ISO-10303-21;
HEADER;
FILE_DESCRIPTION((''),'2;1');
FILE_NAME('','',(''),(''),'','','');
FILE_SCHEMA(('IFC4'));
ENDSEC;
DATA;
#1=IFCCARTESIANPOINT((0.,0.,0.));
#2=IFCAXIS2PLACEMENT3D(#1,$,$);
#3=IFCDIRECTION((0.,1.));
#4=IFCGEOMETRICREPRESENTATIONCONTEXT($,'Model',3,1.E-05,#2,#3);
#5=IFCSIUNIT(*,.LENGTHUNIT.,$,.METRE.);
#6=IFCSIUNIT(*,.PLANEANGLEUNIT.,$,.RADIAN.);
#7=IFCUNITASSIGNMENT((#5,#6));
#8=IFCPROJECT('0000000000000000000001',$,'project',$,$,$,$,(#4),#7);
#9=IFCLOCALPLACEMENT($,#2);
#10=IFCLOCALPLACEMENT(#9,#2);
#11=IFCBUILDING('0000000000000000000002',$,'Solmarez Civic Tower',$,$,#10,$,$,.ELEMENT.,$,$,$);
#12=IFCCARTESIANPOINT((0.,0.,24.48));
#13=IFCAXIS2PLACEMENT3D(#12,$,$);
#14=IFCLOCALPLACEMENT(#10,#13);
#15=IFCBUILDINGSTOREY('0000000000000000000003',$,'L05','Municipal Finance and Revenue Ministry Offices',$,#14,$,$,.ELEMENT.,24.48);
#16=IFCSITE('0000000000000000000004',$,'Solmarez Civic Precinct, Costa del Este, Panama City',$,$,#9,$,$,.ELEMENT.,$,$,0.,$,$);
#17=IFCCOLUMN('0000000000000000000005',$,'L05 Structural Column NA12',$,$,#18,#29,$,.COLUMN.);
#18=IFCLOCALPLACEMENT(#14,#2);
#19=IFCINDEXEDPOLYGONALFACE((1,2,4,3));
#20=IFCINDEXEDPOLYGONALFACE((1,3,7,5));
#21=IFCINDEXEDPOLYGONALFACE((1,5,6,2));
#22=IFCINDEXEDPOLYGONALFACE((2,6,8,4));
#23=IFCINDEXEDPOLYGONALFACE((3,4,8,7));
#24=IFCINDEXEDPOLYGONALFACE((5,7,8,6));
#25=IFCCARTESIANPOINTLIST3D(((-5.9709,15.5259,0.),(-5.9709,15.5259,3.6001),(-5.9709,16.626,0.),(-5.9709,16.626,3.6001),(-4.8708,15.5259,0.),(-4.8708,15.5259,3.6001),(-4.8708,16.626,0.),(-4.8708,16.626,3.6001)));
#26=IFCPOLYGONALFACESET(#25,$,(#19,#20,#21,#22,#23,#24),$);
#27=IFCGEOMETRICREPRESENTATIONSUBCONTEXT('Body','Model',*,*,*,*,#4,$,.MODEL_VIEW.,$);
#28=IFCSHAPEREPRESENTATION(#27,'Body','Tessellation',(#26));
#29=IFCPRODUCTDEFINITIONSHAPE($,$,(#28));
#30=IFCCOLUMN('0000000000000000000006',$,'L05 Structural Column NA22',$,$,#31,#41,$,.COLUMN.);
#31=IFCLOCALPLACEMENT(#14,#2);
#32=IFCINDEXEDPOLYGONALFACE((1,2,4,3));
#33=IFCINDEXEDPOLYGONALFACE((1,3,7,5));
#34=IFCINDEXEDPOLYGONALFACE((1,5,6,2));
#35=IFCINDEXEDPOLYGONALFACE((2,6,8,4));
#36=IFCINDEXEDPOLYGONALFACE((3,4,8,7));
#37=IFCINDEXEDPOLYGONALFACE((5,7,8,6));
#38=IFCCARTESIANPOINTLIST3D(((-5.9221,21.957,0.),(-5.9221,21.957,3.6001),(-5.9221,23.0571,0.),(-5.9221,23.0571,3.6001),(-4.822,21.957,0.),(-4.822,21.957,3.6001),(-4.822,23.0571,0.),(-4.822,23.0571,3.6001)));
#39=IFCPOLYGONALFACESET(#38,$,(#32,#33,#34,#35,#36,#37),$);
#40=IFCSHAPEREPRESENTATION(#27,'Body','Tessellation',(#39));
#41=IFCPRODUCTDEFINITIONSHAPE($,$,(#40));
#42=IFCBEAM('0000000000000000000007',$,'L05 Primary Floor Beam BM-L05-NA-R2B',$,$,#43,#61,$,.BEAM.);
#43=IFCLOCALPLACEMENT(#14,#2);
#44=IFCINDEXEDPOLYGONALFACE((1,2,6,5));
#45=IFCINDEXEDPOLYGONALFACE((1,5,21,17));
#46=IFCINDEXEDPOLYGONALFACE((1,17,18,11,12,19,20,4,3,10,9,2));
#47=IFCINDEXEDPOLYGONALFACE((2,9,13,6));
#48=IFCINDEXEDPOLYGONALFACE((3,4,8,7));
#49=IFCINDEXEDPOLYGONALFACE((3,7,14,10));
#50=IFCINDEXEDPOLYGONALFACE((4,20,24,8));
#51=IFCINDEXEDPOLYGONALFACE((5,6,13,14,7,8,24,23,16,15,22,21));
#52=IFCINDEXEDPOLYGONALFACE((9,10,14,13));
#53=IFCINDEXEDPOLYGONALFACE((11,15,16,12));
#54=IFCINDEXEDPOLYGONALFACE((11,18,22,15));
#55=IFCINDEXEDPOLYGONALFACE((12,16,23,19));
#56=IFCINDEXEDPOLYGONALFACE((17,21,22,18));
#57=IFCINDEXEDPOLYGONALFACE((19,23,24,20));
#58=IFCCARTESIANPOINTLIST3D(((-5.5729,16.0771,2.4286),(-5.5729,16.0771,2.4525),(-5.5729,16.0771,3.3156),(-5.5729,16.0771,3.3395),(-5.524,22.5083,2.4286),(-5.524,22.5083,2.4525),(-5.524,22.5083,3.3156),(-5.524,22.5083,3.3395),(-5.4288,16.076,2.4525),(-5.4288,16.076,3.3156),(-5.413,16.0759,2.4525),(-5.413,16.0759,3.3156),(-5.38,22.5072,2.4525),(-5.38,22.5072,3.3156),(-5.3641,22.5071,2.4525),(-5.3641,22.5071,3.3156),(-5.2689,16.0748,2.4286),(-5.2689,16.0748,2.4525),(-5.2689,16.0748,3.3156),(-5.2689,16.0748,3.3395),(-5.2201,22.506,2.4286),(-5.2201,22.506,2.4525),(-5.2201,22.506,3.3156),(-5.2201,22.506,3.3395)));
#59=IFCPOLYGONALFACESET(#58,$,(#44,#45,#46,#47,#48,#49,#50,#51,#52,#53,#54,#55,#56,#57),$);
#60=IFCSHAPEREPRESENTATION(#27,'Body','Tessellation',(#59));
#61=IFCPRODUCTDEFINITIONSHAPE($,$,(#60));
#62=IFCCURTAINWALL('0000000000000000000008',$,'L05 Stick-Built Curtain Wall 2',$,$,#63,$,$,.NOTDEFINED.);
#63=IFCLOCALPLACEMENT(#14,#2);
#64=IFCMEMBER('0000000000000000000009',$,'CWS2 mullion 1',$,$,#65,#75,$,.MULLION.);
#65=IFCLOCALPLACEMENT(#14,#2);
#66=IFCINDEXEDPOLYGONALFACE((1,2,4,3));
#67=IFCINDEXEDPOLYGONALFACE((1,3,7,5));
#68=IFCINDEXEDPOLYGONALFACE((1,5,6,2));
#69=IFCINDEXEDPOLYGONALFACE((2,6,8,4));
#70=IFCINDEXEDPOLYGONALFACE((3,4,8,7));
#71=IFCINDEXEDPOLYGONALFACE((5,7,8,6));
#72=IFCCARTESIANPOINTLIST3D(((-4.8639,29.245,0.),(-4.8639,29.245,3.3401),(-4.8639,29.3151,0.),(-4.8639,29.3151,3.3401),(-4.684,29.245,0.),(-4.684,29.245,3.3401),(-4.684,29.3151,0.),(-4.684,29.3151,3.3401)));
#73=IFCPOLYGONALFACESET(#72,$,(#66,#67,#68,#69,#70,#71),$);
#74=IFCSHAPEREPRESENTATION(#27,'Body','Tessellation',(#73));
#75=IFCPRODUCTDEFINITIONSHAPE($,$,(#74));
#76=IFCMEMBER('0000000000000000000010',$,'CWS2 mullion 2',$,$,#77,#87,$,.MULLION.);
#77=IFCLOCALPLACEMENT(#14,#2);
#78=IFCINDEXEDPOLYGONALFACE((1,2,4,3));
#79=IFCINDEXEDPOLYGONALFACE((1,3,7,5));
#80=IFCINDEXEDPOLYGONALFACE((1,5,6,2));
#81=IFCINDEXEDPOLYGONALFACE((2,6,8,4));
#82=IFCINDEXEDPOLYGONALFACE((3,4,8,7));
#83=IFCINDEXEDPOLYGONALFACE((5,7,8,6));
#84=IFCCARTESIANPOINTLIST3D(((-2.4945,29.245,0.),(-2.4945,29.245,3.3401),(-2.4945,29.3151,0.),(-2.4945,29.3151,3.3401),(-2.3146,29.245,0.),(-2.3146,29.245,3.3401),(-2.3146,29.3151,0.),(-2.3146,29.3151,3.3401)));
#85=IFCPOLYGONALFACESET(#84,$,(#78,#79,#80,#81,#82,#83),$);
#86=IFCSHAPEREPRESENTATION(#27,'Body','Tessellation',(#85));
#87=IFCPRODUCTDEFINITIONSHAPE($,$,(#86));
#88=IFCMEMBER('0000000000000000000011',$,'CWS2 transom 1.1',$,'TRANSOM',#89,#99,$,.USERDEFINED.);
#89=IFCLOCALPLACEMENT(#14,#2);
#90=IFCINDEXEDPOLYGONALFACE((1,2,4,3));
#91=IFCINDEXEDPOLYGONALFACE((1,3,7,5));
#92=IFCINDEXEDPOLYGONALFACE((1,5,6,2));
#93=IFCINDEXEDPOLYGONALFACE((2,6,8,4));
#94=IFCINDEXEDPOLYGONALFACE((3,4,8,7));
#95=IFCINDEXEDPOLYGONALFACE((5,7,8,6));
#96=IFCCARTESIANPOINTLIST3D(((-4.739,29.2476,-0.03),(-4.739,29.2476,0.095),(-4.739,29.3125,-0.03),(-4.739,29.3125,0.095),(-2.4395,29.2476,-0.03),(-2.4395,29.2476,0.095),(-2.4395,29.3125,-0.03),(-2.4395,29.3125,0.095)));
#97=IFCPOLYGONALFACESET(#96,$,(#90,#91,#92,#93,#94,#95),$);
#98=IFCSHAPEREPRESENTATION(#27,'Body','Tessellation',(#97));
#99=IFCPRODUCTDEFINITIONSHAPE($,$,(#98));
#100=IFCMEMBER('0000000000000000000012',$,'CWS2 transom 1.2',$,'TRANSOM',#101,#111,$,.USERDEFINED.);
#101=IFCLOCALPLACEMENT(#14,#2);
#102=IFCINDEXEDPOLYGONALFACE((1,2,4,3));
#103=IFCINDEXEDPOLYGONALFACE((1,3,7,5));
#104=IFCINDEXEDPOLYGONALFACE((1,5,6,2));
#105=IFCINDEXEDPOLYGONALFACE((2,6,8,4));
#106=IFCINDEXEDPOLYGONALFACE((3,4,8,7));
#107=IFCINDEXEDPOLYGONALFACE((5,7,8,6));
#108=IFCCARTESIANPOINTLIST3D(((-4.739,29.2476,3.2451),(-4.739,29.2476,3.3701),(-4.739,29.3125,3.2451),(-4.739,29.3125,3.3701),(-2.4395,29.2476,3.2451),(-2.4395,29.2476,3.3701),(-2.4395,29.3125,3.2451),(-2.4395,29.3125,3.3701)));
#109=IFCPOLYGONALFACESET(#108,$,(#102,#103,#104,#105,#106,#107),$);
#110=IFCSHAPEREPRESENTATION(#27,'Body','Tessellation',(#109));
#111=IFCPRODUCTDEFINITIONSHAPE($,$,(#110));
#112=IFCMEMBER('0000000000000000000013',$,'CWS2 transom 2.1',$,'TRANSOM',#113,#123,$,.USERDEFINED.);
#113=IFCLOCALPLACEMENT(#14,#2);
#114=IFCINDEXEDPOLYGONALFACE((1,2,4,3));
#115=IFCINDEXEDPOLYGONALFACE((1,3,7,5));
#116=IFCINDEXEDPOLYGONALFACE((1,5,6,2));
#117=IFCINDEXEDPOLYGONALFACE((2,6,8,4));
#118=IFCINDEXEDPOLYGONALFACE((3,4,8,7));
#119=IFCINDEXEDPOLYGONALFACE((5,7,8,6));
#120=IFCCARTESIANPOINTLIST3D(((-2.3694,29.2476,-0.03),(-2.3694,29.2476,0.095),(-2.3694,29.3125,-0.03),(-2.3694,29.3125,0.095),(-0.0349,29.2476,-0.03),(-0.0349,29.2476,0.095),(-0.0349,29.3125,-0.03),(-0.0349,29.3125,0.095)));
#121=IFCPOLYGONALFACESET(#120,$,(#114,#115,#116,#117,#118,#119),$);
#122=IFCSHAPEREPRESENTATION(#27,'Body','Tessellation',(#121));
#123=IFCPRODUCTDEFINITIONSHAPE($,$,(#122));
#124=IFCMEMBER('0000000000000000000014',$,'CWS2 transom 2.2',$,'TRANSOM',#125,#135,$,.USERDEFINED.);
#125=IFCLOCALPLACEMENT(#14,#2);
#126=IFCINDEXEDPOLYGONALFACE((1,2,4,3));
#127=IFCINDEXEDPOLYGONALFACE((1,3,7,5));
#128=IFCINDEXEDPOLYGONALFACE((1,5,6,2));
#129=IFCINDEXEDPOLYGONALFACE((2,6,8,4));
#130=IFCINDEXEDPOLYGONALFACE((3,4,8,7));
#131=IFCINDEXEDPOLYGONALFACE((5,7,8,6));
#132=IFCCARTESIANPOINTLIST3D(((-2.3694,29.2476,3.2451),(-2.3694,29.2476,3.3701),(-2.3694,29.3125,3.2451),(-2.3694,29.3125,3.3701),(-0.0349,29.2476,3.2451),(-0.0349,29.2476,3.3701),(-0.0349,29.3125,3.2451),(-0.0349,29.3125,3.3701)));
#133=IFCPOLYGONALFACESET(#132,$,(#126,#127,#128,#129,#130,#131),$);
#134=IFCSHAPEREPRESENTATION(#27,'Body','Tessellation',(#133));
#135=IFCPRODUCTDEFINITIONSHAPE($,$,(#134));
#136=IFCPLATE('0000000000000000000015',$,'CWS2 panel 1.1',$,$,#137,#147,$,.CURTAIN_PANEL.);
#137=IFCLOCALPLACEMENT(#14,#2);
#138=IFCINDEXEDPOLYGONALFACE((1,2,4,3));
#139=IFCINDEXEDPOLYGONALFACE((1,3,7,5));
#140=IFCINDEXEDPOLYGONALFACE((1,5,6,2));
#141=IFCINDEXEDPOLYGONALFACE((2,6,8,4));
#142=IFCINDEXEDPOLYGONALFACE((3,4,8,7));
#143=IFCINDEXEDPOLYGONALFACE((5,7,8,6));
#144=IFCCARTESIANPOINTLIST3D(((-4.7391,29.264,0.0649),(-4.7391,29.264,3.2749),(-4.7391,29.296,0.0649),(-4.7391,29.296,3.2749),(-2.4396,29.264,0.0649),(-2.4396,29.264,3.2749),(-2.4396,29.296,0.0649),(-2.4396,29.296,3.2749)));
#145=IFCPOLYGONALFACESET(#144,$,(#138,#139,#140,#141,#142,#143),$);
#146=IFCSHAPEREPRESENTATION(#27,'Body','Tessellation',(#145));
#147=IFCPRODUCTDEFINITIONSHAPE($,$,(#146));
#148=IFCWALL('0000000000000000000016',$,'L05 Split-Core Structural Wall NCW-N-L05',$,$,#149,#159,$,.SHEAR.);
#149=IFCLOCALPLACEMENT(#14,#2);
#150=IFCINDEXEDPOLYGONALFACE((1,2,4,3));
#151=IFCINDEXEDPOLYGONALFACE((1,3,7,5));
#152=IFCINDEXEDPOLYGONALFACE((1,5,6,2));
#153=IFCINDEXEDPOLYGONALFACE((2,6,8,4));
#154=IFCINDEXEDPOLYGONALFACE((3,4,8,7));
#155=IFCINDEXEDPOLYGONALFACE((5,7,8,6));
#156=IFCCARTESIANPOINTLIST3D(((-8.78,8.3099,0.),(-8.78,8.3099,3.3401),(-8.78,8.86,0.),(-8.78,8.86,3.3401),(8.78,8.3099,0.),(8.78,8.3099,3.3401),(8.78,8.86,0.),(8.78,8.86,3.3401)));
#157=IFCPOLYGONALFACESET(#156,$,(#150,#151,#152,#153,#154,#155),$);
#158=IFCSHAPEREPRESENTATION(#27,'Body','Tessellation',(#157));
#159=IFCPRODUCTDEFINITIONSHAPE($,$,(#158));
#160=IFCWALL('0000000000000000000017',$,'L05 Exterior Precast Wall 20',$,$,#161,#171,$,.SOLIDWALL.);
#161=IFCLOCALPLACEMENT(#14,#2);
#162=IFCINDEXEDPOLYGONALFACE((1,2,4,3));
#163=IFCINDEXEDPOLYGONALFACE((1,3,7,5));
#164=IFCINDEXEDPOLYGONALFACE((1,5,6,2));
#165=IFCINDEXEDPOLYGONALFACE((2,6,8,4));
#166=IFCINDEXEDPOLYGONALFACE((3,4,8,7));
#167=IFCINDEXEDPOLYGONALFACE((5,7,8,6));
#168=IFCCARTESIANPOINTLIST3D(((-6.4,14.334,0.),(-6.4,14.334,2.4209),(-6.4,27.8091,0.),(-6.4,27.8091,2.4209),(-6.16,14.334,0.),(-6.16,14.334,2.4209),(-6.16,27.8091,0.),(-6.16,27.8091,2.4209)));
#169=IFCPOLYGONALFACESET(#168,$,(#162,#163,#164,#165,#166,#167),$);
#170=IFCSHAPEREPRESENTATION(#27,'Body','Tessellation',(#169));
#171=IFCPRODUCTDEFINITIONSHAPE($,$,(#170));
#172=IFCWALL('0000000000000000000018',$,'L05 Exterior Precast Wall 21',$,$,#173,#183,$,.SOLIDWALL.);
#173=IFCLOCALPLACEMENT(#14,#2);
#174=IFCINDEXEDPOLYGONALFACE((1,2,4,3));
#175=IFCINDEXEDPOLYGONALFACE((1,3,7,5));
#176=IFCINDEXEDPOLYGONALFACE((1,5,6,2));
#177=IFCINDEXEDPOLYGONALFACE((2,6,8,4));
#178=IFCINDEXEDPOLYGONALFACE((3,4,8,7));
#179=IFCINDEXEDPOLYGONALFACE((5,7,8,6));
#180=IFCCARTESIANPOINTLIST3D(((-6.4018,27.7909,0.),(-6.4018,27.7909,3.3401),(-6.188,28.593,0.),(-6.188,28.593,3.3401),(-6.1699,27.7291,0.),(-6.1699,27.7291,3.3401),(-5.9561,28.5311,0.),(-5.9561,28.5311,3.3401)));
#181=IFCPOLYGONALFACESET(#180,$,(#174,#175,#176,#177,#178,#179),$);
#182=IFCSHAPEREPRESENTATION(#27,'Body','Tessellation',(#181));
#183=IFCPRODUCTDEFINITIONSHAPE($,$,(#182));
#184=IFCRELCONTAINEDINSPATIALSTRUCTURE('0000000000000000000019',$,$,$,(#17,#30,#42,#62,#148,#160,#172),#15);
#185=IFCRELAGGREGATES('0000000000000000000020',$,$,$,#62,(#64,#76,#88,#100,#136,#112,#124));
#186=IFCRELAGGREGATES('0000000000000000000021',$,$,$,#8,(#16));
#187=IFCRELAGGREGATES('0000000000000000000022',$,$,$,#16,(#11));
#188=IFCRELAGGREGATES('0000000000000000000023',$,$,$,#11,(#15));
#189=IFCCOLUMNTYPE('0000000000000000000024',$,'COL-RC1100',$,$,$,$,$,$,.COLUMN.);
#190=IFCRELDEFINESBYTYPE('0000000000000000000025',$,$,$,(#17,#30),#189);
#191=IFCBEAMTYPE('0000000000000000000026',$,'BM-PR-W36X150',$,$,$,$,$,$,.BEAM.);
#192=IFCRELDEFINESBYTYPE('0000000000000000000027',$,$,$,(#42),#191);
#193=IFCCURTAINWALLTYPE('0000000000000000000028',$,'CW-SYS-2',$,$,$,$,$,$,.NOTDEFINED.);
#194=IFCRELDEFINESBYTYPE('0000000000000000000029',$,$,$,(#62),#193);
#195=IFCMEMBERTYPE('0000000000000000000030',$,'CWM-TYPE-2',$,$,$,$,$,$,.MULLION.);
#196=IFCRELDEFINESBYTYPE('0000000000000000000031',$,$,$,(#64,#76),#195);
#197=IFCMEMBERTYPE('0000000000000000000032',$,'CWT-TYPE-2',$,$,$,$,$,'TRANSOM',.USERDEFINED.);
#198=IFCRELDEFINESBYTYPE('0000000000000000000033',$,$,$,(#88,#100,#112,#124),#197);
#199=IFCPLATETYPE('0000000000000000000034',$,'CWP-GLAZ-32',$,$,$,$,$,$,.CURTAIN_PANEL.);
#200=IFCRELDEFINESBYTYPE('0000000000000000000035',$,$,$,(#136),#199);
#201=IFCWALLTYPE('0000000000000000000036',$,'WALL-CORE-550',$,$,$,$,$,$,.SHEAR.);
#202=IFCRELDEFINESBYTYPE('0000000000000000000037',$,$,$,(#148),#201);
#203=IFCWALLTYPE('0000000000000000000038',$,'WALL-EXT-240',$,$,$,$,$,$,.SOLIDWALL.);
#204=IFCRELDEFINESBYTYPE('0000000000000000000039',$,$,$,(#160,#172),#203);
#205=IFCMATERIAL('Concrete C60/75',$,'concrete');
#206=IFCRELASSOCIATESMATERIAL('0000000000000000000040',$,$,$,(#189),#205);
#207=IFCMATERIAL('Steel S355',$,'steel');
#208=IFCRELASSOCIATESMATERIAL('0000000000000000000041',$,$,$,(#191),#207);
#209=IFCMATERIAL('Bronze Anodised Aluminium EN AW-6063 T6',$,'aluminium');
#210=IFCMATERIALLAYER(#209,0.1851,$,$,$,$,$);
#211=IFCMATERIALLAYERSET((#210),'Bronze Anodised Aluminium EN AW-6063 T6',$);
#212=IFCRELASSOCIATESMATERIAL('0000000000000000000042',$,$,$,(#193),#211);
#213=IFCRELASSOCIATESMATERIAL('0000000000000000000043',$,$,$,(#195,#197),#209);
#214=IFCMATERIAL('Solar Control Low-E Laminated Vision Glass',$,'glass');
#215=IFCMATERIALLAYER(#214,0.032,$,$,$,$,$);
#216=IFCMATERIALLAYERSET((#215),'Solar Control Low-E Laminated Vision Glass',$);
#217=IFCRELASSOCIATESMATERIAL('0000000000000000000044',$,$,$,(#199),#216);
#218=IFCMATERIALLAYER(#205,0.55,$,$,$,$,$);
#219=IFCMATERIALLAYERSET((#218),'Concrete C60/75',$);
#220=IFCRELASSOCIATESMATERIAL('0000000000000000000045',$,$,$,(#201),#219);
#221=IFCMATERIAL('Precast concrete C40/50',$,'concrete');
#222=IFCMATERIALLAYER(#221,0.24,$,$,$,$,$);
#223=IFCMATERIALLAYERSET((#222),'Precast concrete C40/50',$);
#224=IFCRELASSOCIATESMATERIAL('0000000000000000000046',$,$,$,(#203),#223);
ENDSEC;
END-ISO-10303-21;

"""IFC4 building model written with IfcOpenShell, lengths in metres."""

from ifc_helpers import new_model, si_unit, direction, frame, frame_2d, origin, origin_2d, place, context, subcontext, project, spatial, rectangle, i_section, extrude, material, layer, layer_set, material_profile, profile_set, type_object, element, aggregate, save


model = new_model("IFC4")

# Units and contexts
model_context = context("Model", 3, precision=1e-05, world=origin(), true_north=direction((0.0, 1.0)))
body_context = subcontext(model_context, "Body", "Model", "MODEL_VIEW")
ifc_project = project(units=[si_unit("LENGTHUNIT", "METRE"), si_unit("PLANEANGLEUNIT", "RADIAN")], contexts=[model_context])

# Site, building, storey
site_placement = place(None, origin())
site = spatial("IfcSite", under=ifc_project, at=site_placement, Name="Solmarez Civic Precinct, Costa del Este, Panama City", CompositionType="ELEMENT", RefElevation=0.0)
building_placement = place(site_placement, origin())
building = spatial("IfcBuilding", under=site, at=building_placement, Name="Solmarez Civic Tower", CompositionType="ELEMENT")
storey_placement = place(building_placement, frame((0.0, 0.0, 24.48)))
storey = spatial("IfcBuildingStorey", under=building, at=storey_placement, Name="L05", Description="Municipal Finance and Revenue Ministry Offices", CompositionType="ELEMENT", Elevation=24.48)

# Columns
ifc_material_1 = material(Name="Concrete C60/75", Category="concrete")
ifc_material_profile_1 = material_profile(ifc_material_1, rectangle(XDim=1.1001, YDim=1.1001, at=origin_2d()), Name="RC1100X1100")
ifc_profile_set_1 = profile_set([ifc_material_profile_1], Name="Concrete C60/75")
column_type = type_object("IfcColumnType", Name="COL-RC1100", PredefinedType="COLUMN", material=ifc_profile_set_1)
for number, where, z_axis, x_axis, name in (
    (1, (-5.4209, 16.0759, 0.0), (0.0, 0.0, 1.0), (1.0, 0.0, 0.0), "L05 Structural Column NA12"),
    (2, (-5.3721, 22.5071, 0.0), (0.0, 0.0, 1.0), (1.0, 0.0, 0.0), "L05 Structural Column NA22"),
):
    element("IfcColumn", number, at=place(storey_placement, frame(where, z_axis=z_axis, x_axis=x_axis)), inside=storey, type_object=column_type, Name=name, PredefinedType="COLUMN", context=body_context, shape_type="SweptSolid", body=[
        extrude(rectangle(XDim=1.1001, YDim=1.1001, at=origin_2d()), origin(), (0.0, 0.0, 1.0), 3.6001),
    ])

# Beam
ifc_material_2 = material(Name="Steel S355", Category="steel")
ifc_material_profile_2 = material_profile(ifc_material_2, i_section(OverallWidth=0.304, OverallDepth=0.9109, WebThickness=0.0159, FlangeThickness=0.0239, at=origin_2d()), Name="W36X150")
ifc_profile_set_2 = profile_set([ifc_material_profile_2], Name="Steel S355")
beam_type = type_object("IfcBeamType", Name="BM-PR-W36X150", PredefinedType="BEAM", material=ifc_profile_set_2)
beam_placement = place(storey_placement, frame((-5.4209, 16.0759, 2.884), z_axis=(0.007592, 0.999971, 0.0), x_axis=(-0.999971, 0.007592, 0.0)))
element("IfcBeam", 3, at=beam_placement, inside=storey, type_object=beam_type, Name="L05 Primary Floor Beam BM-L05-NA-R2B", PredefinedType="BEAM", context=body_context, shape_type="SweptSolid", body=[
    extrude(i_section(OverallWidth=0.304, OverallDepth=0.9109, WebThickness=0.0159, FlangeThickness=0.0239, at=origin_2d()), origin(), (0.0, 0.0, 1.0), 6.4314),
])

# Curtain wall, members, plate
ifc_material_3 = material(Name="Bronze Anodised Aluminium EN AW-6063 T6", Category="aluminium")
ifc_layer_1 = layer(ifc_material_3, 0.1851)
ifc_layer_set_1 = layer_set([ifc_layer_1], Name="Bronze Anodised Aluminium EN AW-6063 T6")
curtain_wall_type = type_object("IfcCurtainWallType", Name="CW-SYS-2", PredefinedType="NOTDEFINED", material=ifc_layer_set_1)
curtain_wall_placement = place(storey_placement, origin())
curtain_wall = element("IfcCurtainWall", 4, at=curtain_wall_placement, inside=storey, type_object=curtain_wall_type, Name="L05 Stick-Built Curtain Wall 2", PredefinedType="NOTDEFINED")
ifc_material_profile_3 = material_profile(ifc_material_3, rectangle(XDim=0.0701, YDim=0.1799, at=origin_2d()), Name="CWM-70X180")
ifc_profile_set_3 = profile_set([ifc_material_profile_3], Name="Bronze Anodised Aluminium EN AW-6063 T6")
member_type_1 = type_object("IfcMemberType", Name="CWM-TYPE-2", PredefinedType="MULLION", material=ifc_profile_set_3)
member_1_placement = place(storey_placement, frame((-4.7739, 29.28, 0.0), z_axis=(0.0, 0.0, 1.0), x_axis=(0.0, 1.0, 0.0)))
member_1 = element("IfcMember", 5, at=member_1_placement, type_object=member_type_1, Name="CWS2 mullion 1", PredefinedType="MULLION", context=body_context, shape_type="SweptSolid", body=[
    extrude(rectangle(XDim=0.0701, YDim=0.1799, at=origin_2d()), origin(), (0.0, 0.0, 1.0), 3.3401),
])
member_2_placement = place(storey_placement, frame((-2.4045, 29.28, 0.0), z_axis=(0.0, 0.0, 1.0), x_axis=(0.0, 1.0, 0.0)))
member_2 = element("IfcMember", 6, at=member_2_placement, type_object=member_type_1, Name="CWS2 mullion 2", PredefinedType="MULLION", context=body_context, shape_type="SweptSolid", body=[
    extrude(rectangle(XDim=0.0701, YDim=0.1799, at=origin_2d()), origin(), (0.0, 0.0, 1.0), 3.3401),
])
ifc_material_profile_4 = material_profile(ifc_material_3, rectangle(XDim=0.0649, YDim=0.125, at=origin_2d()), Name="CWT-65X125")
ifc_profile_set_4 = profile_set([ifc_material_profile_4], Name="Bronze Anodised Aluminium EN AW-6063 T6")
member_type_2 = type_object("IfcMemberType", Name="CWT-TYPE-2", ElementType="TRANSOM", PredefinedType="USERDEFINED", material=ifc_profile_set_4)
member_3_placement = place(storey_placement, frame((-4.739, 29.28, 0.0325), z_axis=(1.0, 0.0, 0.0), x_axis=(0.0, 1.0, 0.0)))
member_3 = element("IfcMember", 7, at=member_3_placement, type_object=member_type_2, Name="CWS2 transom 1.1", ObjectType="TRANSOM", PredefinedType="USERDEFINED", context=body_context, shape_type="SweptSolid", body=[
    extrude(rectangle(XDim=0.0649, YDim=0.125, at=origin_2d()), origin(), (0.0, 0.0, 1.0), 2.2996),
])
member_4_placement = place(storey_placement, frame((-4.739, 29.28, 3.3076), z_axis=(1.0, 0.0, 0.0), x_axis=(0.0, 1.0, 0.0)))
member_4 = element("IfcMember", 8, at=member_4_placement, type_object=member_type_2, Name="CWS2 transom 1.2", ObjectType="TRANSOM", PredefinedType="USERDEFINED", context=body_context, shape_type="SweptSolid", body=[
    extrude(rectangle(XDim=0.0649, YDim=0.125, at=origin_2d()), origin(), (0.0, 0.0, 1.0), 2.2996),
])
member_5_placement = place(storey_placement, frame((-2.3694, 29.28, 0.0325), z_axis=(1.0, 0.0, 0.0), x_axis=(0.0, 1.0, 0.0)))
member_5 = element("IfcMember", 9, at=member_5_placement, type_object=member_type_2, Name="CWS2 transom 2.1", ObjectType="TRANSOM", PredefinedType="USERDEFINED", context=body_context, shape_type="SweptSolid", body=[
    extrude(rectangle(XDim=0.0649, YDim=0.125, at=origin_2d()), origin(), (0.0, 0.0, 1.0), 2.3345),
])
member_6_placement = place(storey_placement, frame((-2.3694, 29.28, 3.3076), z_axis=(1.0, 0.0, 0.0), x_axis=(0.0, 1.0, 0.0)))
member_6 = element("IfcMember", 10, at=member_6_placement, type_object=member_type_2, Name="CWS2 transom 2.2", ObjectType="TRANSOM", PredefinedType="USERDEFINED", context=body_context, shape_type="SweptSolid", body=[
    extrude(rectangle(XDim=0.0649, YDim=0.125, at=origin_2d()), origin(), (0.0, 0.0, 1.0), 2.3345),
])
ifc_material_4 = material(Name="Solar Control Low-E Laminated Vision Glass", Category="glass")
ifc_layer_2 = layer(ifc_material_4, 0.032)
ifc_layer_set_2 = layer_set([ifc_layer_2], Name="Solar Control Low-E Laminated Vision Glass")
plate_type = type_object("IfcPlateType", Name="CWP-GLAZ-32", PredefinedType="CURTAIN_PANEL", material=ifc_layer_set_2)
plate_placement = place(storey_placement, frame((-3.5894, 29.28, 0.0649), z_axis=(0.0, 0.0, 1.0), x_axis=(1.0, 0.0, 0.0)))
plate = element("IfcPlate", 11, at=plate_placement, type_object=plate_type, Name="CWS2 panel 1.1", PredefinedType="CURTAIN_PANEL", context=body_context, shape_type="SweptSolid", body=[
    extrude(rectangle(XDim=2.2996, YDim=0.032, at=origin_2d()), origin(), (0.0, 0.0, 1.0), 3.21),
])
aggregate(curtain_wall, [member_1, member_2, member_3, member_4, plate, member_5, member_6])

# Walls
ifc_layer_3 = layer(ifc_material_1, 0.55)
ifc_layer_set_3 = layer_set([ifc_layer_3], Name="Concrete C60/75")
wall_type_1 = type_object("IfcWallType", Name="WALL-CORE-550", PredefinedType="SHEAR", material=ifc_layer_set_3)
wall_1_placement = place(storey_placement, frame((-8.78, 8.585, 0.0), z_axis=(0.0, 0.0, 1.0), x_axis=(1.0, 0.0, 0.0)))
element("IfcWall", 12, at=wall_1_placement, inside=storey, type_object=wall_type_1, Name="L05 Split-Core Structural Wall NCW-N-L05", PredefinedType="SHEAR", context=body_context, shape_type="SweptSolid", body=[
    extrude(rectangle(XDim=17.5601, YDim=0.55, at=frame_2d((8.78, 0.0))), origin(), (0.0, 0.0, 1.0), 3.3401),
])
ifc_material_5 = material(Name="Precast concrete C40/50", Category="concrete")
ifc_layer_4 = layer(ifc_material_5, 0.24)
ifc_layer_set_4 = layer_set([ifc_layer_4], Name="Precast concrete C40/50")
wall_type_2 = type_object("IfcWallType", Name="WALL-EXT-240", PredefinedType="SOLIDWALL", material=ifc_layer_set_4)
wall_2_placement = place(storey_placement, frame((-6.28, 14.334, 0.0), z_axis=(0.0, 0.0, 1.0), x_axis=(0.0, 1.0, 0.0)))
element("IfcWall", 13, at=wall_2_placement, inside=storey, type_object=wall_type_2, Name="L05 Exterior Precast Wall 20", PredefinedType="SOLIDWALL", context=body_context, shape_type="SweptSolid", body=[
    extrude(rectangle(XDim=13.4751, YDim=0.24, at=frame_2d((6.7375, 0.0))), origin(), (0.0, 0.0, 1.0), 2.4209),
])
wall_3_placement = place(storey_placement, frame((-6.2859, 27.76, 0.0), z_axis=(0.0, 0.0, 1.0), x_axis=(0.257663, 0.966235, 0.0)))
element("IfcWall", 14, at=wall_3_placement, inside=storey, type_object=wall_type_2, Name="L05 Exterior Precast Wall 21", PredefinedType="SOLIDWALL", context=body_context, shape_type="SweptSolid", body=[
    extrude(rectangle(XDim=0.8301, YDim=0.24, at=frame_2d((0.415, 0.0))), origin(), (0.0, 0.0, 1.0), 3.3401),
])

save(model, "model.ifc")
